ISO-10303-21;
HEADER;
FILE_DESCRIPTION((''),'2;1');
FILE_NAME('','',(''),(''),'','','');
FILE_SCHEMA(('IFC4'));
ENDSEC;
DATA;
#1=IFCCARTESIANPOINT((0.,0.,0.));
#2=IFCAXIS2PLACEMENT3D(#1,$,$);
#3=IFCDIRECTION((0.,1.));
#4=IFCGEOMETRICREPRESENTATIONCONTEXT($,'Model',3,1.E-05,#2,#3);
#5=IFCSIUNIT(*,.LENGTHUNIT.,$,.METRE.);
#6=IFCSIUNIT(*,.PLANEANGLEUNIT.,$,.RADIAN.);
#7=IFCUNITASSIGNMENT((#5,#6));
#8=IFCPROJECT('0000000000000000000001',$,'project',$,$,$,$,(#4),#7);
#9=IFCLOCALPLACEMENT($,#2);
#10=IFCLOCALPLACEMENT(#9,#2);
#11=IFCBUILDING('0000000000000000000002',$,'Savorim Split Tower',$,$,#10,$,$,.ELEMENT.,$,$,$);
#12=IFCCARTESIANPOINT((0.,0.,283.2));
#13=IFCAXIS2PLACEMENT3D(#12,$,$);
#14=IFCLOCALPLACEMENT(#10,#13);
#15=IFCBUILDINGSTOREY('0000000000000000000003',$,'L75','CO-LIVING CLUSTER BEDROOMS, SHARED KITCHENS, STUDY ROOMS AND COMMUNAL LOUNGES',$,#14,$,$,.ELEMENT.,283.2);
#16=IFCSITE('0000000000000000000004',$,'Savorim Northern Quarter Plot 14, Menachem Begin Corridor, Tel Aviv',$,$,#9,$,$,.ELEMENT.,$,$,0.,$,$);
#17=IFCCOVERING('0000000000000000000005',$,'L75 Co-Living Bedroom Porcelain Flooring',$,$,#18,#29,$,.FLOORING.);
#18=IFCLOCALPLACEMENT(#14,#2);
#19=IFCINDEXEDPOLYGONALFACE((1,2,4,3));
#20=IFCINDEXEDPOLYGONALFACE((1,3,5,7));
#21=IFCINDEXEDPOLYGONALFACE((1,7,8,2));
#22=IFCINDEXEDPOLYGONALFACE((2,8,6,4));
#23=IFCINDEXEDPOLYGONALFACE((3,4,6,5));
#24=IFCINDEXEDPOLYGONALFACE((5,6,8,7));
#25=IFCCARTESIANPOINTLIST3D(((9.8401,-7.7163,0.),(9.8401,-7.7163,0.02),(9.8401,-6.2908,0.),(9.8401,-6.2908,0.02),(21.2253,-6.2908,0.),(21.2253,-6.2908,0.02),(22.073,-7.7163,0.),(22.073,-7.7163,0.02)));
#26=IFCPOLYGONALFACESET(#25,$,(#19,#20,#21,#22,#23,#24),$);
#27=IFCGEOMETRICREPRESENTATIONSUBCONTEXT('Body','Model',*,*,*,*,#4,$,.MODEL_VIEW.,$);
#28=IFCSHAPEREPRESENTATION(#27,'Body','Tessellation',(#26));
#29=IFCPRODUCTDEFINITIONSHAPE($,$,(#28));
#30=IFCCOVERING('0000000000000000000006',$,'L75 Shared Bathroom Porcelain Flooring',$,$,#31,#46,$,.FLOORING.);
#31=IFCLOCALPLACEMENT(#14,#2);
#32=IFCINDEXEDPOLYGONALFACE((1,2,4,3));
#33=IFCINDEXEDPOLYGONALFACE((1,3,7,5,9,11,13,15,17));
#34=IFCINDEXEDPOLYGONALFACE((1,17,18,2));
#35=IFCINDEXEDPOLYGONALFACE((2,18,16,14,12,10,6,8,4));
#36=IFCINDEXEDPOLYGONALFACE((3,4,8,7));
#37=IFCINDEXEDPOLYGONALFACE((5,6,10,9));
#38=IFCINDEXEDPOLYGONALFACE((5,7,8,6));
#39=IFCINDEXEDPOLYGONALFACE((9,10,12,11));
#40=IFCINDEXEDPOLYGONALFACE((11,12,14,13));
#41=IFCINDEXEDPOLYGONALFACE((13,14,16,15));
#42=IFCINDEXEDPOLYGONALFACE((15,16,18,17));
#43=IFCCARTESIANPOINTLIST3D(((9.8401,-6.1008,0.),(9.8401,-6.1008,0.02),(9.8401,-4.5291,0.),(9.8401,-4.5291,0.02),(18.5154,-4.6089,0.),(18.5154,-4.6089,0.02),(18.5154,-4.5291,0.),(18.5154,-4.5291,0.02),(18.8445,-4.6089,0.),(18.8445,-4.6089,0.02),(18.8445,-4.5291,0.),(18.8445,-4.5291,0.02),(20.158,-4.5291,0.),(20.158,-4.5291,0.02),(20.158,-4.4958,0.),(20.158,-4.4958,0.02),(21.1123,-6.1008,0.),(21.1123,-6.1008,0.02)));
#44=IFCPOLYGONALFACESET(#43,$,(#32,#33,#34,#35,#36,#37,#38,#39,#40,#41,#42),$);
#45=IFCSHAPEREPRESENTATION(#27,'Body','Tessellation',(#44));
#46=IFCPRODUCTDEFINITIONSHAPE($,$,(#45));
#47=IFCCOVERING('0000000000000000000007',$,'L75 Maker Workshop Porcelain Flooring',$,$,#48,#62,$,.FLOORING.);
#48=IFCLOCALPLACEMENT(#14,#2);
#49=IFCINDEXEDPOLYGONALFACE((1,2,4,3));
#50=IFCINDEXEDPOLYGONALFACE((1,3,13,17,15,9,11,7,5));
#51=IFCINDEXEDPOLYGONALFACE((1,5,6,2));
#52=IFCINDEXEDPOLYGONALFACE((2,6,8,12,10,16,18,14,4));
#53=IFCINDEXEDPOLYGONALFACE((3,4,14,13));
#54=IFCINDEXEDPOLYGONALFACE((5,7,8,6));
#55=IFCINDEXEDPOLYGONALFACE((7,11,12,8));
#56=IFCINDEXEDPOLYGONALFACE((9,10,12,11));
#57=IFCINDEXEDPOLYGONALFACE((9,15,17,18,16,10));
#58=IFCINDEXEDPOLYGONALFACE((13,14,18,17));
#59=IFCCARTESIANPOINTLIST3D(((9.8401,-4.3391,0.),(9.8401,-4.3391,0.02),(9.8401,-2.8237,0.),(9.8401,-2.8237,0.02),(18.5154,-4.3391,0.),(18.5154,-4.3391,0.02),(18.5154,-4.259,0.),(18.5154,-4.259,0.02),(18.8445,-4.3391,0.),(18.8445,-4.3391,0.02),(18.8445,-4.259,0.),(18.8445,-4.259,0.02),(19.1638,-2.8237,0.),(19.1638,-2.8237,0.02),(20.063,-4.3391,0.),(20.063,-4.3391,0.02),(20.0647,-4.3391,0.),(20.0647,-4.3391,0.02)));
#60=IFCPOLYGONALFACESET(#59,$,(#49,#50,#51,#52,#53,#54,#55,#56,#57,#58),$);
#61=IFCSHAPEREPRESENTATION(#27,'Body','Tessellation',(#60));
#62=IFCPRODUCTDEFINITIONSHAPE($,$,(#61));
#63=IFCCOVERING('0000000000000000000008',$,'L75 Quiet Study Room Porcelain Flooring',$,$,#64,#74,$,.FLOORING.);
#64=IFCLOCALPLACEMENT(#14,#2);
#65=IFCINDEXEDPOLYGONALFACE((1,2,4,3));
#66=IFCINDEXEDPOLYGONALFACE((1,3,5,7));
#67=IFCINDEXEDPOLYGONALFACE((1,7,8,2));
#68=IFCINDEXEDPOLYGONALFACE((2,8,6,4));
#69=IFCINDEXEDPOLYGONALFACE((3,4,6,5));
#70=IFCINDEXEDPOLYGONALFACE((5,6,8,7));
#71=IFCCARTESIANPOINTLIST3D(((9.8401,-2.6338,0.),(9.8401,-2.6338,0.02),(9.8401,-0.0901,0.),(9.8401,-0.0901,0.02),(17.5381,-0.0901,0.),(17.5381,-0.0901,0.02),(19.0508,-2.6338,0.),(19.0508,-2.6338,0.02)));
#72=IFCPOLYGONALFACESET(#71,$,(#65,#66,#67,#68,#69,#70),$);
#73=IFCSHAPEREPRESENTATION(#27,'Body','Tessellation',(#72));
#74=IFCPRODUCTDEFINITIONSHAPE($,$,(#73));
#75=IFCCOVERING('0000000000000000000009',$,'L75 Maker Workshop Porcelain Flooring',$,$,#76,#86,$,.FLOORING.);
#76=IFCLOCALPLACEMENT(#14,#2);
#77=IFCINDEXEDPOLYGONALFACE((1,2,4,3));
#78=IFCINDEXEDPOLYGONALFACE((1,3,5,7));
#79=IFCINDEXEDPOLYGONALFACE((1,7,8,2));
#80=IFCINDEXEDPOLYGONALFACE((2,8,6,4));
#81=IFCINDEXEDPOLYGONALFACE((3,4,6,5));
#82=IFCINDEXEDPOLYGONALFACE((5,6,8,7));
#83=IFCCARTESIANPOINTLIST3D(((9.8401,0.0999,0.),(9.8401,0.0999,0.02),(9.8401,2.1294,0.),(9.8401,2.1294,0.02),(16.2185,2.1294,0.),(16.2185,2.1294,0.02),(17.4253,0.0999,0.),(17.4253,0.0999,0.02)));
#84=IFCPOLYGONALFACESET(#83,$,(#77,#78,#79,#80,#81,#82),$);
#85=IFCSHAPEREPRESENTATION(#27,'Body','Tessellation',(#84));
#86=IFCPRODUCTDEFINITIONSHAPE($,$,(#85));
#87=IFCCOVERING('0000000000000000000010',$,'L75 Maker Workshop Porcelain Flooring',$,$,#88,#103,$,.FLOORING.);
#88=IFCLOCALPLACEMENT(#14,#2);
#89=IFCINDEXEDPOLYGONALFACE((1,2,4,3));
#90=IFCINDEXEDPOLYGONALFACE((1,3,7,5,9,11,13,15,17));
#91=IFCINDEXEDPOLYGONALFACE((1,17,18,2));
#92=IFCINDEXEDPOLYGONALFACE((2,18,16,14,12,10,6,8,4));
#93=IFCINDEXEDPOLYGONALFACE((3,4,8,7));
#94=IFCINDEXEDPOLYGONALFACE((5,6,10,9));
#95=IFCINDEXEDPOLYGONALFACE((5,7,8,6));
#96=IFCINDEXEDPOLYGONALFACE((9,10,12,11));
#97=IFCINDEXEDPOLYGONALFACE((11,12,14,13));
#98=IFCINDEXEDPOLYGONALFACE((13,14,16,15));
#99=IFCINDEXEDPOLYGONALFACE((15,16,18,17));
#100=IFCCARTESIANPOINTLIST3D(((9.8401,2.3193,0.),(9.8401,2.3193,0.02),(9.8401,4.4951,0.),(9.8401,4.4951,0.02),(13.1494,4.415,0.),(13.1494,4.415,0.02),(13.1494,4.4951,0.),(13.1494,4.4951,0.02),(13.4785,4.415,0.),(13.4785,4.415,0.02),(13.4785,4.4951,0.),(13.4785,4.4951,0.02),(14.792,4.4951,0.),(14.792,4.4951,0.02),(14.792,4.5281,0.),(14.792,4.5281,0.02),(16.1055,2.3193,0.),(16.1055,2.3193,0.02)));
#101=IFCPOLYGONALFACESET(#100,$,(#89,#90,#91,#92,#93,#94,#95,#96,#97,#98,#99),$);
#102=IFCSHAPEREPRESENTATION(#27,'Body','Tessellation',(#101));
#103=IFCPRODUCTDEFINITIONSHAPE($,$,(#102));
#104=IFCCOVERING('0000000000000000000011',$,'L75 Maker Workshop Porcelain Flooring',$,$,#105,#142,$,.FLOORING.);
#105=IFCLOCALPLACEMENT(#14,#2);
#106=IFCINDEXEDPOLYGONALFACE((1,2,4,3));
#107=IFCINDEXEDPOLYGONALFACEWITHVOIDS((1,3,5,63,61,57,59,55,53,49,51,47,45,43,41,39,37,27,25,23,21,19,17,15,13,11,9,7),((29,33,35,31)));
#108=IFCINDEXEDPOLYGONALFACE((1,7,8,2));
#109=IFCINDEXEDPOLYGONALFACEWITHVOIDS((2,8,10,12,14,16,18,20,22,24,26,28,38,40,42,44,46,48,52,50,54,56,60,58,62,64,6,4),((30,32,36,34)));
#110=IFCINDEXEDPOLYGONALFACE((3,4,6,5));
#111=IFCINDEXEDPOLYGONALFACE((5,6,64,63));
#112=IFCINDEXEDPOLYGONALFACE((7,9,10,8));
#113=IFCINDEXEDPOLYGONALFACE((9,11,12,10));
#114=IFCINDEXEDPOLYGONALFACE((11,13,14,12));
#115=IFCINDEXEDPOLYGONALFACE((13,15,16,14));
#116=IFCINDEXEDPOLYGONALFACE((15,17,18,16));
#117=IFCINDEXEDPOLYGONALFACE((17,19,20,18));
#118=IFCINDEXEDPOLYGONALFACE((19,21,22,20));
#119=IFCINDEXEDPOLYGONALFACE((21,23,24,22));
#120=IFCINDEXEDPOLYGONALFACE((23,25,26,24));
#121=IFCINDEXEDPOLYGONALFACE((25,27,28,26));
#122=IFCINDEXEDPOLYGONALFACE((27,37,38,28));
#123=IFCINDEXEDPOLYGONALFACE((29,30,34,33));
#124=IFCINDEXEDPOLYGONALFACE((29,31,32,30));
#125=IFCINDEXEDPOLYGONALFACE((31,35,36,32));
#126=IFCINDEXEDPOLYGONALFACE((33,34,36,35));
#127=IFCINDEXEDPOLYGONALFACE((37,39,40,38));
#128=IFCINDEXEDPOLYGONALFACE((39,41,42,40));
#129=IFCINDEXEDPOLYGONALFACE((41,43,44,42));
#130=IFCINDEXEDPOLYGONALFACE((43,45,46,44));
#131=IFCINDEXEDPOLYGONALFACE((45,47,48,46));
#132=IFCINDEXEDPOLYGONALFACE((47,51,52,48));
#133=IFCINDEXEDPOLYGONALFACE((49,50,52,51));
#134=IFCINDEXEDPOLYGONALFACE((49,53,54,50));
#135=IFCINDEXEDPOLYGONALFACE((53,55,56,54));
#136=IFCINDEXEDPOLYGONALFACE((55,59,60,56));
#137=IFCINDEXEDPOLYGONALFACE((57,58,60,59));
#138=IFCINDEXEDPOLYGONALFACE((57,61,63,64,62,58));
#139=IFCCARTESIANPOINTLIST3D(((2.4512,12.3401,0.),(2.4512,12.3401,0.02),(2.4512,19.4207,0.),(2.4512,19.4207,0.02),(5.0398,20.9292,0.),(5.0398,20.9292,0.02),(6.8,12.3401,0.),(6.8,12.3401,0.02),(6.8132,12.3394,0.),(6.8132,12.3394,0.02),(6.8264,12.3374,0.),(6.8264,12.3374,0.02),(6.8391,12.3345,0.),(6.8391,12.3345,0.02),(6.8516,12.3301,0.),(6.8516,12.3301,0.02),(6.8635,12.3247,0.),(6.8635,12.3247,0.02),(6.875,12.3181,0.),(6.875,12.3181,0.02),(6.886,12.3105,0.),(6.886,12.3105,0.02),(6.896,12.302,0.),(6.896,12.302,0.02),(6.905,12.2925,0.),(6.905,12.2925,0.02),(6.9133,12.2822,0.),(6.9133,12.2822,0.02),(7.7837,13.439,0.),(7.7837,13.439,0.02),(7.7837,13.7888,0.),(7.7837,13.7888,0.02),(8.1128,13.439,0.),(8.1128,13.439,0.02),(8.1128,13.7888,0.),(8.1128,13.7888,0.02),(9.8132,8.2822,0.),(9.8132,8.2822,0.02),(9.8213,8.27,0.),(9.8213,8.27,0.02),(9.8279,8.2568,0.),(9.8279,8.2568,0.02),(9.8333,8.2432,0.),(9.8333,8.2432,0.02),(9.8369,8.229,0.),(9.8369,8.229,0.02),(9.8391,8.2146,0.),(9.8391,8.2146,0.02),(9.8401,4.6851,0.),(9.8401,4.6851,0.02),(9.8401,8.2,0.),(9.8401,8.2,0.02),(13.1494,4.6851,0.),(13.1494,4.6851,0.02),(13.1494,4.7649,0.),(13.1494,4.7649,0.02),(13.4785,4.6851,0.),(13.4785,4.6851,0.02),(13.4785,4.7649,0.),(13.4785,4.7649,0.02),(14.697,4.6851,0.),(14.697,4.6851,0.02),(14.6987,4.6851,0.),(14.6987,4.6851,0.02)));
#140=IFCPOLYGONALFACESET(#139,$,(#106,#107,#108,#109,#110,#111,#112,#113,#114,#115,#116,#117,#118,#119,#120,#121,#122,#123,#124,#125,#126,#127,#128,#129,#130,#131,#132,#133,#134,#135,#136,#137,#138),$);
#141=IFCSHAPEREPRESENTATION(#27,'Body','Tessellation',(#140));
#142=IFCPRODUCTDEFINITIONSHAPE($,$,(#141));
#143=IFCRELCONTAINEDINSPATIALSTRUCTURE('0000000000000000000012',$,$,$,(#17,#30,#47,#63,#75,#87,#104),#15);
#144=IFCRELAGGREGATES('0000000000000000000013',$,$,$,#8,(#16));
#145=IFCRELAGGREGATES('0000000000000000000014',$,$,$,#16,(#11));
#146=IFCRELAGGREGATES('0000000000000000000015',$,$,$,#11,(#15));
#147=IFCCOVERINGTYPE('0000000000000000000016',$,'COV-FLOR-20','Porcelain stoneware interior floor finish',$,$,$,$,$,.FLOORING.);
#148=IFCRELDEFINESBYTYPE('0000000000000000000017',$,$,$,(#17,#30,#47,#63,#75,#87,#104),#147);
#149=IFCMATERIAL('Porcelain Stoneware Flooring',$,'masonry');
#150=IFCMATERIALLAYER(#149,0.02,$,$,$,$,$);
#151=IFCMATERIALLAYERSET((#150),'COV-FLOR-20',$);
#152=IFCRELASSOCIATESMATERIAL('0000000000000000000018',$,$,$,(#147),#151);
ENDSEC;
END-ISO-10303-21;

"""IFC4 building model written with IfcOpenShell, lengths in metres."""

from ifc_helpers import new_model, si_unit, direction, frame, origin, place, context, subcontext, project, spatial, polyline, outline, extrude, material, layer, layer_set, type_object, element, save


model = new_model("IFC4")

# Units and contexts
model_context = context("Model", 3, precision=1e-05, world=origin(), true_north=direction((0.0, 1.0)))
body_context = subcontext(model_context, "Body", "Model", "MODEL_VIEW")
ifc_project = project(units=[si_unit("LENGTHUNIT", "METRE"), si_unit("PLANEANGLEUNIT", "RADIAN")], contexts=[model_context])

# Site, building, storey
site_placement = place(None, origin())
site = spatial("IfcSite", under=ifc_project, at=site_placement, Name="Savorim Northern Quarter Plot 14, Menachem Begin Corridor, Tel Aviv", CompositionType="ELEMENT", RefElevation=0.0)
building_placement = place(site_placement, origin())
building = spatial("IfcBuilding", under=site, at=building_placement, Name="Savorim Split Tower", CompositionType="ELEMENT")
storey_placement = place(building_placement, frame((0.0, 0.0, 283.2)))
storey = spatial("IfcBuildingStorey", under=building, at=storey_placement, Name="L75", Description="CO-LIVING CLUSTER BEDROOMS, SHARED KITCHENS, STUDY ROOMS AND COMMUNAL LOUNGES", CompositionType="ELEMENT", Elevation=283.2)

# Coverings
ifc_material_1 = material(Name="Porcelain Stoneware Flooring", Category="masonry")
ifc_layer_1 = layer(ifc_material_1, 0.02)
ifc_layer_set_1 = layer_set([ifc_layer_1], Name="COV-FLOR-20")
covering_type_1 = type_object("IfcCoveringType", Name="COV-FLOR-20", Description="Porcelain stoneware interior floor finish", PredefinedType="FLOORING", material=ifc_layer_set_1)
covering_1_placement = place(storey_placement, origin())
element("IfcCovering", 1, at=covering_1_placement, inside=storey, type_object=covering_type_1, Name="L75 Co-Living Bedroom Porcelain Flooring", PredefinedType="FLOORING", context=body_context, shape_type="SweptSolid", body=[
    extrude(outline(polyline([(22.073, -7.7163), (21.2253, -6.2908), (9.8401, -6.2908), (9.8401, -7.7163), (22.073, -7.7163)])), origin(), (0.0, 0.0, 1.0), 0.02),
])
covering_2_placement = place(storey_placement, origin())
element("IfcCovering", 2, at=covering_2_placement, inside=storey, type_object=covering_type_1, Name="L75 Shared Bathroom Porcelain Flooring", PredefinedType="FLOORING", context=body_context, shape_type="SweptSolid", body=[
    extrude(outline(polyline([(18.5154, -4.6089), (18.5154, -4.5291), (9.8401, -4.5291), (9.8401, -6.1008), (21.1123, -6.1008), (20.158, -4.4958), (20.158, -4.5291), (18.8445, -4.5291), (18.8445, -4.6089), (18.5154, -4.6089)])), origin(), (0.0, 0.0, 1.0), 0.02),
])
covering_3_placement = place(storey_placement, origin())
element("IfcCovering", 3, at=covering_3_placement, inside=storey, type_object=covering_type_1, Name="L75 Maker Workshop Porcelain Flooring", PredefinedType="FLOORING", context=body_context, shape_type="SweptSolid", body=[
    extrude(outline(polyline([(18.8445, -4.259), (18.8445, -4.3391), (20.063, -4.3391), (20.0647, -4.3391), (19.1638, -2.8237), (9.8401, -2.8237), (9.8401, -4.3391), (18.5154, -4.3391), (18.5154, -4.259), (18.8445, -4.259)])), origin(), (0.0, 0.0, 1.0), 0.02),
])
covering_4_placement = place(storey_placement, origin())
element("IfcCovering", 4, at=covering_4_placement, inside=storey, type_object=covering_type_1, Name="L75 Quiet Study Room Porcelain Flooring", PredefinedType="FLOORING", context=body_context, shape_type="SweptSolid", body=[
    extrude(outline(polyline([(19.0508, -2.6338), (17.5381, -0.0901), (9.8401, -0.0901), (9.8401, -2.6338), (19.0508, -2.6338)])), origin(), (0.0, 0.0, 1.0), 0.02),
])
covering_5_placement = place(storey_placement, origin())
element("IfcCovering", 5, at=covering_5_placement, inside=storey, type_object=covering_type_1, Name="L75 Maker Workshop Porcelain Flooring", PredefinedType="FLOORING", context=body_context, shape_type="SweptSolid", body=[
    extrude(outline(polyline([(17.4253, 0.0999), (16.2185, 2.1294), (9.8401, 2.1294), (9.8401, 0.0999), (17.4253, 0.0999)])), origin(), (0.0, 0.0, 1.0), 0.02),
])
covering_6_placement = place(storey_placement, origin())
element("IfcCovering", 6, at=covering_6_placement, inside=storey, type_object=covering_type_1, Name="L75 Maker Workshop Porcelain Flooring", PredefinedType="FLOORING", context=body_context, shape_type="SweptSolid", body=[
    extrude(outline(polyline([(13.1494, 4.415), (13.1494, 4.4951), (9.8401, 4.4951), (9.8401, 2.3193), (16.1055, 2.3193), (14.792, 4.5281), (14.792, 4.4951), (13.4785, 4.4951), (13.4785, 4.415), (13.1494, 4.415)])), origin(), (0.0, 0.0, 1.0), 0.02),
])
covering_7_placement = place(storey_placement, origin())
element("IfcCovering", 7, at=covering_7_placement, inside=storey, type_object=covering_type_1, Name="L75 Maker Workshop Porcelain Flooring", PredefinedType="FLOORING", context=body_context, shape_type="SweptSolid", body=[
    extrude(outline(polyline([(14.697, 4.6851), (14.6987, 4.6851), (5.0398, 20.9292), (2.4512, 19.4207), (2.4512, 12.3401), (6.8, 12.3401), (6.8132, 12.3394), (6.8264, 12.3374), (6.8391, 12.3345), (6.8516, 12.3301), (6.8635, 12.3247), (6.875, 12.3181), (6.886, 12.3105), (6.896, 12.302), (6.905, 12.2925), (6.9133, 12.2822), (9.8132, 8.2822), (9.8213, 8.27), (9.8279, 8.2568), (9.8333, 8.2432), (9.8369, 8.229), (9.8391, 8.2146), (9.8401, 8.2), (9.8401, 4.6851), (13.1494, 4.6851), (13.1494, 4.7649), (13.4785, 4.7649), (13.4785, 4.6851), (14.697, 4.6851)]), holes=[polyline([(8.1128, 13.7888), (7.7837, 13.7888), (7.7837, 13.439), (8.1128, 13.439), (8.1128, 13.7888)])]), origin(), (0.0, 0.0, 1.0), 0.02),
])

save(model, "model.ifc")
